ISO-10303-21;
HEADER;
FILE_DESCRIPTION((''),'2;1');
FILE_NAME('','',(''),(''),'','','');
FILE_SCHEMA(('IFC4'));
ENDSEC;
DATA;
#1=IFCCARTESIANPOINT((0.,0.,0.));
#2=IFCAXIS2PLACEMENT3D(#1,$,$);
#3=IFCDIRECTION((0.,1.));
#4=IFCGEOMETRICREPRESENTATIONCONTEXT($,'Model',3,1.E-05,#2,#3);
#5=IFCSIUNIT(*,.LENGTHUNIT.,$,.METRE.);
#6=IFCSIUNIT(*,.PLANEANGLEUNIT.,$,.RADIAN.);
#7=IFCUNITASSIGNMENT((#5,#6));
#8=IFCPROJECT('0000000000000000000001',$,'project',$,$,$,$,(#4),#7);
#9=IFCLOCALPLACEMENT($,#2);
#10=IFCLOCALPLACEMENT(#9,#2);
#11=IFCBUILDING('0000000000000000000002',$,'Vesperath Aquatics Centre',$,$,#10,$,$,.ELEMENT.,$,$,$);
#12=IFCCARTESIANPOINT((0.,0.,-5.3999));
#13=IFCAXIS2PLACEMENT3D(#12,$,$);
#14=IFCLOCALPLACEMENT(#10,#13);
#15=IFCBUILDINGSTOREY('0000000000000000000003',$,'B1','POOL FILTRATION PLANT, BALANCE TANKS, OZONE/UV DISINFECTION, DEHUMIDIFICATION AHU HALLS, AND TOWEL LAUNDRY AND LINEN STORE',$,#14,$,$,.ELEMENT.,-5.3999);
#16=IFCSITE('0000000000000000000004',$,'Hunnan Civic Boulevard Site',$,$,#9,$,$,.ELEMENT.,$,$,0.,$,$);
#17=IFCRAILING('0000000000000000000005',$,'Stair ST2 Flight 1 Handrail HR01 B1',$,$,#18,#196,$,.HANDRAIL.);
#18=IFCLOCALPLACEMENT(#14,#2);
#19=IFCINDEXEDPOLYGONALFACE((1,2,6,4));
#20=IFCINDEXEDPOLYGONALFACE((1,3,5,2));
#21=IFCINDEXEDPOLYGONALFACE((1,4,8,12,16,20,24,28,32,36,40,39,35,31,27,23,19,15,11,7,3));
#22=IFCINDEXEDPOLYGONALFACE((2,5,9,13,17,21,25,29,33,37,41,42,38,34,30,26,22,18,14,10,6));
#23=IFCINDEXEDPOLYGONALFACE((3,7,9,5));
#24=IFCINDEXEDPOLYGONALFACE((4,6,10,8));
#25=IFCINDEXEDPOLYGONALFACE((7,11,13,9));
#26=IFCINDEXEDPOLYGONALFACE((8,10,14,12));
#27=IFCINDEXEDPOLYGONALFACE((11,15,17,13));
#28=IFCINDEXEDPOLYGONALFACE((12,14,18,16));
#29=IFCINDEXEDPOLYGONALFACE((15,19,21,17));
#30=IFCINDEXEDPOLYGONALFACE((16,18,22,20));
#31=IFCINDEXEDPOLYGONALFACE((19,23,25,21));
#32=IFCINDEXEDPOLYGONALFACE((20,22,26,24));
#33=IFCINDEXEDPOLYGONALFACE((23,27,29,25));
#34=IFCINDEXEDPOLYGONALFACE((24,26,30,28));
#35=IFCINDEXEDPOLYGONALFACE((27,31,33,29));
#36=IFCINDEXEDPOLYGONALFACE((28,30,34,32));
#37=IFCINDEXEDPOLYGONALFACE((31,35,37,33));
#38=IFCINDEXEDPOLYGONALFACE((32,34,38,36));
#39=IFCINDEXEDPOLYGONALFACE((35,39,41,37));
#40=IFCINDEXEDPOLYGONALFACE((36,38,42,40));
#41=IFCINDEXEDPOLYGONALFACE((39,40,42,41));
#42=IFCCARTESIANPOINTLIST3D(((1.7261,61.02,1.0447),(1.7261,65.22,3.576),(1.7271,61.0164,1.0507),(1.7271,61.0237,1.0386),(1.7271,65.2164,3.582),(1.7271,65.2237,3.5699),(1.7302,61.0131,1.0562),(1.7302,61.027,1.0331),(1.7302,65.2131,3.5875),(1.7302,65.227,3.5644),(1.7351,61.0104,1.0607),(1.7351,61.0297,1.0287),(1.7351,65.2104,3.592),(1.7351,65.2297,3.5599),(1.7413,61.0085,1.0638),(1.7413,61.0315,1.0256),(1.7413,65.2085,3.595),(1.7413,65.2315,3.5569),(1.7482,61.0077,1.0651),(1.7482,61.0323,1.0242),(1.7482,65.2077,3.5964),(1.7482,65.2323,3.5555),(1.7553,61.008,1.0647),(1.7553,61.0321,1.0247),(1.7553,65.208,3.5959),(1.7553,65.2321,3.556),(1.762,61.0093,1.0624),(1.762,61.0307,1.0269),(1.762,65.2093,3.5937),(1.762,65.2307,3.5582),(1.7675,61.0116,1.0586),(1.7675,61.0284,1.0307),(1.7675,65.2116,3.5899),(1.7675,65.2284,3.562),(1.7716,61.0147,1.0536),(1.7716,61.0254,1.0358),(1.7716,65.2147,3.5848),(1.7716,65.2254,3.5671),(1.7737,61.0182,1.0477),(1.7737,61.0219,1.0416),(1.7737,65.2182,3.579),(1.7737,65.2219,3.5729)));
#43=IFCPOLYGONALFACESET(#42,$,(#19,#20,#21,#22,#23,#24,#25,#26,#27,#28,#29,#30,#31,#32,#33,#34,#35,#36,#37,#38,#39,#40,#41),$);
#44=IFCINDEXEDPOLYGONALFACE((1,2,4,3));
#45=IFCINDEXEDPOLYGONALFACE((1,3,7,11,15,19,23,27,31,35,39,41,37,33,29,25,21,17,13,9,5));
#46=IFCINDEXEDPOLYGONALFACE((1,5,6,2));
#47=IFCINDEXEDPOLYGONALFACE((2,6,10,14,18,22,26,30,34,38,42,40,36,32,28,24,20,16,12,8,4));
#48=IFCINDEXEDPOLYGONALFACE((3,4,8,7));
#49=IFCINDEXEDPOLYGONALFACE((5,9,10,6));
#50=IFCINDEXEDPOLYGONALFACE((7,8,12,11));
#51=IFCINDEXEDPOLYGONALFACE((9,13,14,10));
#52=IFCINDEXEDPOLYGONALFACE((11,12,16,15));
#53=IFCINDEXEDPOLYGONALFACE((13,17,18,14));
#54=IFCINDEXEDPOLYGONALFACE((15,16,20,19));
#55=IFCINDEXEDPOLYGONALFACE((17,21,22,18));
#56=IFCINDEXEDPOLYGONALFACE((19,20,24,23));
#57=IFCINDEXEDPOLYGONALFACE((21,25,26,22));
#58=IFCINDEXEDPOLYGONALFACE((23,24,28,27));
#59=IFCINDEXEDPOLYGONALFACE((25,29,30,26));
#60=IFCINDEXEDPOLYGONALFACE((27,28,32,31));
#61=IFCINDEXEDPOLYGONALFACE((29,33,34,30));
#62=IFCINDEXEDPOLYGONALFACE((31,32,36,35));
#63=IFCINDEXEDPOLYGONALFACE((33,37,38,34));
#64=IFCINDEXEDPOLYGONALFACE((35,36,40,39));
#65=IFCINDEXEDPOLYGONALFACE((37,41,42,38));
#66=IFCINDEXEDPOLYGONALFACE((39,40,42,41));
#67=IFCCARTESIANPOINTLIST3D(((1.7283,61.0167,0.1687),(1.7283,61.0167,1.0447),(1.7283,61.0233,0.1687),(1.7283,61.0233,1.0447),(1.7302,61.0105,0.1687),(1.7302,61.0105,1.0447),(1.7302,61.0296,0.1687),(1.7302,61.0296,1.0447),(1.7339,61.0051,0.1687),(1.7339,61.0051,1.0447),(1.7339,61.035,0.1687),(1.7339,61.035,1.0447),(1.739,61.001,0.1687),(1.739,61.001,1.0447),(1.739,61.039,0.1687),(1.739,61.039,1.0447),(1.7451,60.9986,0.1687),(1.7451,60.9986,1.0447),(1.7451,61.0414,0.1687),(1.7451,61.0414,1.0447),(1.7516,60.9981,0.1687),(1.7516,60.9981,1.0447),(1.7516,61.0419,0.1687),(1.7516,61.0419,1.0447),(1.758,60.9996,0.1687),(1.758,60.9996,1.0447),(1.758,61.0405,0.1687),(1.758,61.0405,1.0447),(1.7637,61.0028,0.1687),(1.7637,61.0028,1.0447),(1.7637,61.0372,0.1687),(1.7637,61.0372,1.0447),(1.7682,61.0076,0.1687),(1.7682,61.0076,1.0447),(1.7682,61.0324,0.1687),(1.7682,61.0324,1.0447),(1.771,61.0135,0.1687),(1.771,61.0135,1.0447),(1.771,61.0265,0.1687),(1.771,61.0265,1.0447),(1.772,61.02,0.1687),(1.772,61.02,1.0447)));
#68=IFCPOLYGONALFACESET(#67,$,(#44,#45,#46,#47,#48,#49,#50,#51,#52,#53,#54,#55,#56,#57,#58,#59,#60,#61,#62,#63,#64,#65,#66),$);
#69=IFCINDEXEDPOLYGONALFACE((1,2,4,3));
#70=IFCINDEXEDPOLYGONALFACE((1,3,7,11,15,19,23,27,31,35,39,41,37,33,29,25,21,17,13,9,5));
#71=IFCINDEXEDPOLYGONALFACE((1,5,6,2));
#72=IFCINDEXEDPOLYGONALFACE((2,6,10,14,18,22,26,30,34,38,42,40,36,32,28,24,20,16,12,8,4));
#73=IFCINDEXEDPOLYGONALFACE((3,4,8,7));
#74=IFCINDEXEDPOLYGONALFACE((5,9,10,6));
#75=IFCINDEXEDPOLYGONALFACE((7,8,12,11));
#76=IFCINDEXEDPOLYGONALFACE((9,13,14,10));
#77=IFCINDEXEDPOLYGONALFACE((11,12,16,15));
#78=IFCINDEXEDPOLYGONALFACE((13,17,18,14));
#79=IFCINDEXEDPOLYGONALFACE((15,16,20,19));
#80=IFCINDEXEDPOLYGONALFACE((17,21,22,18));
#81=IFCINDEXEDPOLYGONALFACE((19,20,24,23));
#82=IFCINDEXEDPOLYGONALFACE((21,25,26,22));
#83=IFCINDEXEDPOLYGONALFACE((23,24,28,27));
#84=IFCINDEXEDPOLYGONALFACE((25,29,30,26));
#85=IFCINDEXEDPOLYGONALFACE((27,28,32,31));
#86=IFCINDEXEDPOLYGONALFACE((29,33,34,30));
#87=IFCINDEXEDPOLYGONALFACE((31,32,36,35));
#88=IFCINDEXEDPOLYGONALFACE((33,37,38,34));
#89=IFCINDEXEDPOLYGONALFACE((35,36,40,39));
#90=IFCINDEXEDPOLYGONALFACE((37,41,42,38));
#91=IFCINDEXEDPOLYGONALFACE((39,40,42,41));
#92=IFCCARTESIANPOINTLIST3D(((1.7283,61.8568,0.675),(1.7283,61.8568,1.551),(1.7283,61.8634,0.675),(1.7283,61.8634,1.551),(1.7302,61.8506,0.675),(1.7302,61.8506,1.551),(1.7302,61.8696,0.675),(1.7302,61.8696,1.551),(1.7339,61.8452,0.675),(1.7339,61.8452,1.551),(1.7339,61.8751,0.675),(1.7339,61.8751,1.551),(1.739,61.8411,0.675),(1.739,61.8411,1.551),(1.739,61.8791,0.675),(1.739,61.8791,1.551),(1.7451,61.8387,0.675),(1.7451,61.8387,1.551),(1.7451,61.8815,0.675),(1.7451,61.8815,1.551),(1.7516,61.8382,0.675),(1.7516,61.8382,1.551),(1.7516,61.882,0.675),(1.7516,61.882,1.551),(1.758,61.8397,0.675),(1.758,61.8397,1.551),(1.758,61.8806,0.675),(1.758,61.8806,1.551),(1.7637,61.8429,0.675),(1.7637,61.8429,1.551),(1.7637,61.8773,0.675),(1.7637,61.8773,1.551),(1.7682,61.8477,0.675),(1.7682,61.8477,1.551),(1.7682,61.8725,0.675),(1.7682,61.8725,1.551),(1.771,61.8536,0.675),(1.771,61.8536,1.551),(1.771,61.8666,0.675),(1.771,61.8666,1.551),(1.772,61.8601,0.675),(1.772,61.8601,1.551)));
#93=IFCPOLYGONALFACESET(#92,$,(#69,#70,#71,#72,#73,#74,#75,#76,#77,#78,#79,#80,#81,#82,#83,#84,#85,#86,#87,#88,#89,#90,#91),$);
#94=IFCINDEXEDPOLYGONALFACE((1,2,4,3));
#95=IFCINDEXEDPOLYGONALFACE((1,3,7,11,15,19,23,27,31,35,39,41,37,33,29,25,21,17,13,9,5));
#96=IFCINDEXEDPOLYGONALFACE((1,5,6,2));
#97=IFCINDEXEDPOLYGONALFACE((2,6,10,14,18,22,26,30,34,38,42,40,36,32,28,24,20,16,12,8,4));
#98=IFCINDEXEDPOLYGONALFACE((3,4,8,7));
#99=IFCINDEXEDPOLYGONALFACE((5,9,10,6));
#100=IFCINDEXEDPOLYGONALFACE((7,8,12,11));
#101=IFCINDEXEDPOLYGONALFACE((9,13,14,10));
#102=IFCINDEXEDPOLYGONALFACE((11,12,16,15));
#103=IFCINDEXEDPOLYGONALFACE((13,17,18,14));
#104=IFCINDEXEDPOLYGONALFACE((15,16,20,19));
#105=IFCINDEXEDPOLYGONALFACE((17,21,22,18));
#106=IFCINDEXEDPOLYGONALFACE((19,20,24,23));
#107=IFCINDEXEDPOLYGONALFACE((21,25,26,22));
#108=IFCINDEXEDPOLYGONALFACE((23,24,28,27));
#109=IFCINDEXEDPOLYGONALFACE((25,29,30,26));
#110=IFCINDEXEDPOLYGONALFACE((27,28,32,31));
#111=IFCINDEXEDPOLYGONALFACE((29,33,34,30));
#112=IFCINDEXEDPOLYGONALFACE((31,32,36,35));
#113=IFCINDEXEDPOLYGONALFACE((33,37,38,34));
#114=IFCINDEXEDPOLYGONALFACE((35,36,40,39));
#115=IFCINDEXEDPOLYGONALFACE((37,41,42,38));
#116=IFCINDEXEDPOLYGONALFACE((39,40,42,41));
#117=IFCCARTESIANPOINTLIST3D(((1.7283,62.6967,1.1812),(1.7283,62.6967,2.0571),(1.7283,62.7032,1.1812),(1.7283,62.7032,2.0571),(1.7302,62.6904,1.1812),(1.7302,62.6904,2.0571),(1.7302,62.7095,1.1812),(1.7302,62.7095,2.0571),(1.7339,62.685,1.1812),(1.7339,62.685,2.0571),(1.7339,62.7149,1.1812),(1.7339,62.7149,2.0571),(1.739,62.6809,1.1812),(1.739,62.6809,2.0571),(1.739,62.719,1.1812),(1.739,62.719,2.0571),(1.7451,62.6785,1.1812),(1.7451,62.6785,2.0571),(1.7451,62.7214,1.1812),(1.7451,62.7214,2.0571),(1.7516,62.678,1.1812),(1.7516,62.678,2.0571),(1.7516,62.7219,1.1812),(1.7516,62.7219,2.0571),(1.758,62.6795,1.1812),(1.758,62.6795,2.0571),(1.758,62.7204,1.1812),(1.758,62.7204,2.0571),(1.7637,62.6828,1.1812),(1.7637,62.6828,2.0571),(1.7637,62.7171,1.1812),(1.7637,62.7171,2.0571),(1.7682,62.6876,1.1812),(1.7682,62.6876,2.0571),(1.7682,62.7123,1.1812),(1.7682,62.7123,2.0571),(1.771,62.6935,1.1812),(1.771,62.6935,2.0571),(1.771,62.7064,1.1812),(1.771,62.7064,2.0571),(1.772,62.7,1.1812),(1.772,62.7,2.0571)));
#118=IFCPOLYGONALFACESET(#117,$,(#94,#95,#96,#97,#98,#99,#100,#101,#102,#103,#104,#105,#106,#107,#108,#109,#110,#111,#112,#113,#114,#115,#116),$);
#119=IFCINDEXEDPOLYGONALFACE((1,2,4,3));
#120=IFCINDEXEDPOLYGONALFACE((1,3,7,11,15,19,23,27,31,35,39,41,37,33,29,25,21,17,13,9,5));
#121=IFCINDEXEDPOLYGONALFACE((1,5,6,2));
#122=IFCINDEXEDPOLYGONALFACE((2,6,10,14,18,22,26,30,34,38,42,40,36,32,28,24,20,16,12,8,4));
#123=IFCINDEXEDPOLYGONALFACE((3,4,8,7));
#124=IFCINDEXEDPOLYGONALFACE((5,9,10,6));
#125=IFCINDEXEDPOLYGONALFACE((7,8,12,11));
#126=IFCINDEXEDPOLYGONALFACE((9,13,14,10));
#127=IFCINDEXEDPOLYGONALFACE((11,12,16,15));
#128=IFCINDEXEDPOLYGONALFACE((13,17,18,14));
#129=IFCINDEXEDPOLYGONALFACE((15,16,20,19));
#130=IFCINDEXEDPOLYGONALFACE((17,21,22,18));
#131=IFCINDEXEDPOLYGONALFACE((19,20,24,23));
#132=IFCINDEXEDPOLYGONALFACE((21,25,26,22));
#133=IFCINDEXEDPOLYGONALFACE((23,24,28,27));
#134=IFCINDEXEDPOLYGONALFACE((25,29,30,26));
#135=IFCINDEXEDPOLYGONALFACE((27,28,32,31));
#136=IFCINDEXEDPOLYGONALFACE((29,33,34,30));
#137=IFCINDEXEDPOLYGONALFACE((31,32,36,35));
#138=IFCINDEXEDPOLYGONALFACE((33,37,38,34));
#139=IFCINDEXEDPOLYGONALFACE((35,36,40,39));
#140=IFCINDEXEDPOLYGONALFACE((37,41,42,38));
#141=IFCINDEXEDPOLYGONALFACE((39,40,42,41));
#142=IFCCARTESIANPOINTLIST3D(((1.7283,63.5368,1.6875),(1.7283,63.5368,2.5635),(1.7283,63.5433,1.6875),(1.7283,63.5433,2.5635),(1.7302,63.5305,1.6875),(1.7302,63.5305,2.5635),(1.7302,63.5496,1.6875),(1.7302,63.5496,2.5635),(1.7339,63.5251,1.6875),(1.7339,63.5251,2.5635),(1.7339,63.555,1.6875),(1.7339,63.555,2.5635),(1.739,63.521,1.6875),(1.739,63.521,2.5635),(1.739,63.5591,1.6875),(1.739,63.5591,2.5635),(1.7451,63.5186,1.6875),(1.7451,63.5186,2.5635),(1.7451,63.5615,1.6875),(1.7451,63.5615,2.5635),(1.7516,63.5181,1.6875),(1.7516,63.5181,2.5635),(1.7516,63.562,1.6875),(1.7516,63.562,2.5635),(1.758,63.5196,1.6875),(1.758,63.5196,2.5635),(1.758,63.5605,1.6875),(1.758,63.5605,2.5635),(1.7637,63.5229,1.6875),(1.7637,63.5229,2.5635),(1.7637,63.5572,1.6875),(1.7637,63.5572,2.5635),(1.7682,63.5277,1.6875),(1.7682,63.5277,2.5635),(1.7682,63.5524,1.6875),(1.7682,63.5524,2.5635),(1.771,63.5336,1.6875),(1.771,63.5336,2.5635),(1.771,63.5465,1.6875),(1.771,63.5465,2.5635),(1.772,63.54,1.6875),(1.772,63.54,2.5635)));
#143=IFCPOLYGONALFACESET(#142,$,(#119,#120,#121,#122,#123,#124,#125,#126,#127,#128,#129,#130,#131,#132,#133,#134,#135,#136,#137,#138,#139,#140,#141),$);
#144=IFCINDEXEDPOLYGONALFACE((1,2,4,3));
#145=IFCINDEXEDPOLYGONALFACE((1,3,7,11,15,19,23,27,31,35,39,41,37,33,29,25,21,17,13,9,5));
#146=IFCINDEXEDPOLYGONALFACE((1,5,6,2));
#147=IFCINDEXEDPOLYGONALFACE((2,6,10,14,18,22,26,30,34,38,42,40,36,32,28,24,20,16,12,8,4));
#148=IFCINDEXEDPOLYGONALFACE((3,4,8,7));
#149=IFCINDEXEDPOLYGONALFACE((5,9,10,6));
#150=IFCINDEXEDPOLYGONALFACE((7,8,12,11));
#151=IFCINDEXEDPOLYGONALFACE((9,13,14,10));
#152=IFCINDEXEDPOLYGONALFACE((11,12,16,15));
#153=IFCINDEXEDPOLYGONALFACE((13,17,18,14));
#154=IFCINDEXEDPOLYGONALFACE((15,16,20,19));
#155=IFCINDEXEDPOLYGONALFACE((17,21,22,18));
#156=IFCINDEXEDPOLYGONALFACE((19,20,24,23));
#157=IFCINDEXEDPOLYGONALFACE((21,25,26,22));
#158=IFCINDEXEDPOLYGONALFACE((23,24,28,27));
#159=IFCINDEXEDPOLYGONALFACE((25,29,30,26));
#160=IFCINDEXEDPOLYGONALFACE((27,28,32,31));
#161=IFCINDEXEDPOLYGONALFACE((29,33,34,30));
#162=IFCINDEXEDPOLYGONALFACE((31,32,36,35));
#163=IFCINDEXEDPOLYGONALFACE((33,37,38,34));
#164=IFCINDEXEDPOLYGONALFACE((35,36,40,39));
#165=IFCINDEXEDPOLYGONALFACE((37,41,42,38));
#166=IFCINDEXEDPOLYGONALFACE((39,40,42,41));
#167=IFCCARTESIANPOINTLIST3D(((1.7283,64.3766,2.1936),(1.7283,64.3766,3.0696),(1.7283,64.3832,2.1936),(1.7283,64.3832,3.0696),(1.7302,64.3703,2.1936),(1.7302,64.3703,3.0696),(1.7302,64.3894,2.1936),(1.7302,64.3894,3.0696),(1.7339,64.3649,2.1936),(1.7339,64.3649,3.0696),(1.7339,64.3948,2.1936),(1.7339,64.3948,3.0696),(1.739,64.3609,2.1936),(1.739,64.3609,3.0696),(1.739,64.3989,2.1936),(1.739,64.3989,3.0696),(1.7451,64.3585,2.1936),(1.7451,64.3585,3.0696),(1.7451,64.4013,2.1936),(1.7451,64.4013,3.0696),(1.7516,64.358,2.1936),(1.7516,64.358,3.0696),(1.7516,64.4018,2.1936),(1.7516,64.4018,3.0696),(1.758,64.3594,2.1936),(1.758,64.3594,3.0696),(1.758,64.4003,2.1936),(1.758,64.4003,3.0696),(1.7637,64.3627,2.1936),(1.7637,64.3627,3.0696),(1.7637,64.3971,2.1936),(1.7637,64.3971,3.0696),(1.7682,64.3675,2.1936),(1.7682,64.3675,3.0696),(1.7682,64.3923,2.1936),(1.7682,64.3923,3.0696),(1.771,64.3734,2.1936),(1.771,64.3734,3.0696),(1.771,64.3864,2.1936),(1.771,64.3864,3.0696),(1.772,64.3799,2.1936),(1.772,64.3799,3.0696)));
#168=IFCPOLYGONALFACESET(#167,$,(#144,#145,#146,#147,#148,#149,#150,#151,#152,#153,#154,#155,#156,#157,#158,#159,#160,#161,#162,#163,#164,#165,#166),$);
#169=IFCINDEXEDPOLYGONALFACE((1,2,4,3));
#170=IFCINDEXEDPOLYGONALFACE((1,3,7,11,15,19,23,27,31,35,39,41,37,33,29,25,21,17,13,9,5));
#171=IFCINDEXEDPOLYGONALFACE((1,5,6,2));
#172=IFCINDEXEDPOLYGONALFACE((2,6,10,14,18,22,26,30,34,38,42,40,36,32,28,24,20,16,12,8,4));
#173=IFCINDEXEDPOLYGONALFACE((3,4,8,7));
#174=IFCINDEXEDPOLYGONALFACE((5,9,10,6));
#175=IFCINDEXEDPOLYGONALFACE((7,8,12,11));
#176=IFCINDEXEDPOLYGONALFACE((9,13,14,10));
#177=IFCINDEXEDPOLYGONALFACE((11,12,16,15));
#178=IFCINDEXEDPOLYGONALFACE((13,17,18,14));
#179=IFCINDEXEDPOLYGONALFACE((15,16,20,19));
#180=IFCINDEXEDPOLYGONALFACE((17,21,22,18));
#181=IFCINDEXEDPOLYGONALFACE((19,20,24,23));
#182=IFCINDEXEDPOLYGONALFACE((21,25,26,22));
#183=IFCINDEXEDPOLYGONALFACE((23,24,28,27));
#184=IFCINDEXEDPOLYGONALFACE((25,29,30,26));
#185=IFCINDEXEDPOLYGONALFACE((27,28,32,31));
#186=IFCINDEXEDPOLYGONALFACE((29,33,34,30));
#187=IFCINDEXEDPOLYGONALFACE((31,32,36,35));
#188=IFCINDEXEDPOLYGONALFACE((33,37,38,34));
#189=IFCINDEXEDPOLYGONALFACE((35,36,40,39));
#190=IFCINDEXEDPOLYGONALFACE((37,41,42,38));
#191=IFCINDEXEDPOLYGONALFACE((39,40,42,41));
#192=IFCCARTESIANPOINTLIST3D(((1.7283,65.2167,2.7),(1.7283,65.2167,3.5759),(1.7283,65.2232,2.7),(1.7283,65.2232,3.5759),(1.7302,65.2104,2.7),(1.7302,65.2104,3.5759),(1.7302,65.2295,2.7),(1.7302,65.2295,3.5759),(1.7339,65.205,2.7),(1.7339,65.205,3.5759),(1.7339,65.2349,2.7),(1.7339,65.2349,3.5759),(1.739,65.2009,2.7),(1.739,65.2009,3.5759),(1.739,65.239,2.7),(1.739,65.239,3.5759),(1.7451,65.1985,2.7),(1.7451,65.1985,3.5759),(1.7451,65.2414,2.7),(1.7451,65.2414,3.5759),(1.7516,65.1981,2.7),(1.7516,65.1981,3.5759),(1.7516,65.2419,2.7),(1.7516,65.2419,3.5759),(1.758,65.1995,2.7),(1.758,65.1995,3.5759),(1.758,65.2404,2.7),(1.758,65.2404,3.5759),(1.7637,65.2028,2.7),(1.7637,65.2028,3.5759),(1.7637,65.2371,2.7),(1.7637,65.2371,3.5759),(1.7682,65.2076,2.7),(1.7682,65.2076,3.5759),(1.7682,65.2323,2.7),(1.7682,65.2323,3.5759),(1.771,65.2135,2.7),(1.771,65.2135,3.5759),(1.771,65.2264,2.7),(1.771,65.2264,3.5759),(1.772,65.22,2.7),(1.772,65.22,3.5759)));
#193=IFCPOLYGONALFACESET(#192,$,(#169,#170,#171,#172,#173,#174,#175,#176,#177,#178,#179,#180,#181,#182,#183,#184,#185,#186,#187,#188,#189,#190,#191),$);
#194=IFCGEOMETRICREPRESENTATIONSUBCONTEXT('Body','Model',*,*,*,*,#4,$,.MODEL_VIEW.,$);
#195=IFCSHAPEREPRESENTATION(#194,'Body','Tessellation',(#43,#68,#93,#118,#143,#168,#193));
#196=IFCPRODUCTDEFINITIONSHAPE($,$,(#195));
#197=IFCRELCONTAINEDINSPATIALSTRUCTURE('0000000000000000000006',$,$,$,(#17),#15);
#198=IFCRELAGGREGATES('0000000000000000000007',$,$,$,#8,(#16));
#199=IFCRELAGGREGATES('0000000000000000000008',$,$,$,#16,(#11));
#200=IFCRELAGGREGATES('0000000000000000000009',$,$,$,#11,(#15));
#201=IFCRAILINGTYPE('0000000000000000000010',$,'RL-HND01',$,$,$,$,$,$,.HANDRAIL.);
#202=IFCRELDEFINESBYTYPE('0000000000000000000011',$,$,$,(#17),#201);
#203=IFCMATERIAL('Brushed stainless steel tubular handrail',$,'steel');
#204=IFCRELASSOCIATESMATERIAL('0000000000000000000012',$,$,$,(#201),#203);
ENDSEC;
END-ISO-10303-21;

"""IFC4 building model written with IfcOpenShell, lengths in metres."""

from ifc_helpers import new_model, si_unit, direction, frame, origin, origin_2d, place, context, subcontext, project, spatial, circle, extrude, material, type_object, element, save


model = new_model("IFC4")

# Units and contexts
model_context = context("Model", 3, precision=1e-05, world=origin(), true_north=direction((0.0, 1.0)))
body_context = subcontext(model_context, "Body", "Model", "MODEL_VIEW")
ifc_project = project(units=[si_unit("LENGTHUNIT", "METRE"), si_unit("PLANEANGLEUNIT", "RADIAN")], contexts=[model_context])

# Site, building, storey
site_placement = place(None, origin())
site = spatial("IfcSite", under=ifc_project, at=site_placement, Name="Hunnan Civic Boulevard Site", CompositionType="ELEMENT", RefElevation=0.0)
building_placement = place(site_placement, origin())
building = spatial("IfcBuilding", under=site, at=building_placement, Name="Vesperath Aquatics Centre", CompositionType="ELEMENT")
storey_placement = place(building_placement, frame((0.0, 0.0, -5.3999)))
storey = spatial("IfcBuildingStorey", under=building, at=storey_placement, Name="B1", Description="POOL FILTRATION PLANT, BALANCE TANKS, OZONE/UV DISINFECTION, DEHUMIDIFICATION AHU HALLS, AND TOWEL LAUNDRY AND LINEN STORE", CompositionType="ELEMENT", Elevation=-5.3999)

# Railing
ifc_material_1 = material(Name="Brushed stainless steel tubular handrail", Category="steel")
railing_type = type_object("IfcRailingType", Name="RL-HND01", PredefinedType="HANDRAIL", material=ifc_material_1)
railing_placement = place(storey_placement, frame((1.75, 61.02, 0.1687)))
element("IfcRailing", 1, at=railing_placement, inside=storey, type_object=railing_type, Name="Stair ST2 Flight 1 Handrail HR01 B1", PredefinedType="HANDRAIL", context=body_context, shape_type="SweptSolid", body=[
    extrude(circle(Radius=0.0239, at=origin_2d()), frame((0.0, 0.0, 0.876), z_axis=(0.0, 0.856476, 0.516186), x_axis=(-1.0, 0.0, 0.0)), (0.0, 0.0, 1.0), 4.9038),
    extrude(circle(Radius=0.022, at=origin_2d()), origin(), (0.0, 0.0, 1.0), 0.876),
    extrude(circle(Radius=0.022, at=origin_2d()), frame((0.0, 0.8401, 0.5063)), (0.0, 0.0, 1.0), 0.876),
    extrude(circle(Radius=0.022, at=origin_2d()), frame((0.0, 1.6799, 1.0125)), (0.0, 0.0, 1.0), 0.876),
    extrude(circle(Radius=0.022, at=origin_2d()), frame((0.0, 2.52, 1.5188)), (0.0, 0.0, 1.0), 0.876),
    extrude(circle(Radius=0.022, at=origin_2d()), frame((0.0, 3.3599, 2.0249)), (0.0, 0.0, 1.0), 0.876),
    extrude(circle(Radius=0.022, at=origin_2d()), frame((0.0, 4.2, 2.5312)), (0.0, 0.0, 1.0), 0.876),
])

save(model, "model.ifc")
